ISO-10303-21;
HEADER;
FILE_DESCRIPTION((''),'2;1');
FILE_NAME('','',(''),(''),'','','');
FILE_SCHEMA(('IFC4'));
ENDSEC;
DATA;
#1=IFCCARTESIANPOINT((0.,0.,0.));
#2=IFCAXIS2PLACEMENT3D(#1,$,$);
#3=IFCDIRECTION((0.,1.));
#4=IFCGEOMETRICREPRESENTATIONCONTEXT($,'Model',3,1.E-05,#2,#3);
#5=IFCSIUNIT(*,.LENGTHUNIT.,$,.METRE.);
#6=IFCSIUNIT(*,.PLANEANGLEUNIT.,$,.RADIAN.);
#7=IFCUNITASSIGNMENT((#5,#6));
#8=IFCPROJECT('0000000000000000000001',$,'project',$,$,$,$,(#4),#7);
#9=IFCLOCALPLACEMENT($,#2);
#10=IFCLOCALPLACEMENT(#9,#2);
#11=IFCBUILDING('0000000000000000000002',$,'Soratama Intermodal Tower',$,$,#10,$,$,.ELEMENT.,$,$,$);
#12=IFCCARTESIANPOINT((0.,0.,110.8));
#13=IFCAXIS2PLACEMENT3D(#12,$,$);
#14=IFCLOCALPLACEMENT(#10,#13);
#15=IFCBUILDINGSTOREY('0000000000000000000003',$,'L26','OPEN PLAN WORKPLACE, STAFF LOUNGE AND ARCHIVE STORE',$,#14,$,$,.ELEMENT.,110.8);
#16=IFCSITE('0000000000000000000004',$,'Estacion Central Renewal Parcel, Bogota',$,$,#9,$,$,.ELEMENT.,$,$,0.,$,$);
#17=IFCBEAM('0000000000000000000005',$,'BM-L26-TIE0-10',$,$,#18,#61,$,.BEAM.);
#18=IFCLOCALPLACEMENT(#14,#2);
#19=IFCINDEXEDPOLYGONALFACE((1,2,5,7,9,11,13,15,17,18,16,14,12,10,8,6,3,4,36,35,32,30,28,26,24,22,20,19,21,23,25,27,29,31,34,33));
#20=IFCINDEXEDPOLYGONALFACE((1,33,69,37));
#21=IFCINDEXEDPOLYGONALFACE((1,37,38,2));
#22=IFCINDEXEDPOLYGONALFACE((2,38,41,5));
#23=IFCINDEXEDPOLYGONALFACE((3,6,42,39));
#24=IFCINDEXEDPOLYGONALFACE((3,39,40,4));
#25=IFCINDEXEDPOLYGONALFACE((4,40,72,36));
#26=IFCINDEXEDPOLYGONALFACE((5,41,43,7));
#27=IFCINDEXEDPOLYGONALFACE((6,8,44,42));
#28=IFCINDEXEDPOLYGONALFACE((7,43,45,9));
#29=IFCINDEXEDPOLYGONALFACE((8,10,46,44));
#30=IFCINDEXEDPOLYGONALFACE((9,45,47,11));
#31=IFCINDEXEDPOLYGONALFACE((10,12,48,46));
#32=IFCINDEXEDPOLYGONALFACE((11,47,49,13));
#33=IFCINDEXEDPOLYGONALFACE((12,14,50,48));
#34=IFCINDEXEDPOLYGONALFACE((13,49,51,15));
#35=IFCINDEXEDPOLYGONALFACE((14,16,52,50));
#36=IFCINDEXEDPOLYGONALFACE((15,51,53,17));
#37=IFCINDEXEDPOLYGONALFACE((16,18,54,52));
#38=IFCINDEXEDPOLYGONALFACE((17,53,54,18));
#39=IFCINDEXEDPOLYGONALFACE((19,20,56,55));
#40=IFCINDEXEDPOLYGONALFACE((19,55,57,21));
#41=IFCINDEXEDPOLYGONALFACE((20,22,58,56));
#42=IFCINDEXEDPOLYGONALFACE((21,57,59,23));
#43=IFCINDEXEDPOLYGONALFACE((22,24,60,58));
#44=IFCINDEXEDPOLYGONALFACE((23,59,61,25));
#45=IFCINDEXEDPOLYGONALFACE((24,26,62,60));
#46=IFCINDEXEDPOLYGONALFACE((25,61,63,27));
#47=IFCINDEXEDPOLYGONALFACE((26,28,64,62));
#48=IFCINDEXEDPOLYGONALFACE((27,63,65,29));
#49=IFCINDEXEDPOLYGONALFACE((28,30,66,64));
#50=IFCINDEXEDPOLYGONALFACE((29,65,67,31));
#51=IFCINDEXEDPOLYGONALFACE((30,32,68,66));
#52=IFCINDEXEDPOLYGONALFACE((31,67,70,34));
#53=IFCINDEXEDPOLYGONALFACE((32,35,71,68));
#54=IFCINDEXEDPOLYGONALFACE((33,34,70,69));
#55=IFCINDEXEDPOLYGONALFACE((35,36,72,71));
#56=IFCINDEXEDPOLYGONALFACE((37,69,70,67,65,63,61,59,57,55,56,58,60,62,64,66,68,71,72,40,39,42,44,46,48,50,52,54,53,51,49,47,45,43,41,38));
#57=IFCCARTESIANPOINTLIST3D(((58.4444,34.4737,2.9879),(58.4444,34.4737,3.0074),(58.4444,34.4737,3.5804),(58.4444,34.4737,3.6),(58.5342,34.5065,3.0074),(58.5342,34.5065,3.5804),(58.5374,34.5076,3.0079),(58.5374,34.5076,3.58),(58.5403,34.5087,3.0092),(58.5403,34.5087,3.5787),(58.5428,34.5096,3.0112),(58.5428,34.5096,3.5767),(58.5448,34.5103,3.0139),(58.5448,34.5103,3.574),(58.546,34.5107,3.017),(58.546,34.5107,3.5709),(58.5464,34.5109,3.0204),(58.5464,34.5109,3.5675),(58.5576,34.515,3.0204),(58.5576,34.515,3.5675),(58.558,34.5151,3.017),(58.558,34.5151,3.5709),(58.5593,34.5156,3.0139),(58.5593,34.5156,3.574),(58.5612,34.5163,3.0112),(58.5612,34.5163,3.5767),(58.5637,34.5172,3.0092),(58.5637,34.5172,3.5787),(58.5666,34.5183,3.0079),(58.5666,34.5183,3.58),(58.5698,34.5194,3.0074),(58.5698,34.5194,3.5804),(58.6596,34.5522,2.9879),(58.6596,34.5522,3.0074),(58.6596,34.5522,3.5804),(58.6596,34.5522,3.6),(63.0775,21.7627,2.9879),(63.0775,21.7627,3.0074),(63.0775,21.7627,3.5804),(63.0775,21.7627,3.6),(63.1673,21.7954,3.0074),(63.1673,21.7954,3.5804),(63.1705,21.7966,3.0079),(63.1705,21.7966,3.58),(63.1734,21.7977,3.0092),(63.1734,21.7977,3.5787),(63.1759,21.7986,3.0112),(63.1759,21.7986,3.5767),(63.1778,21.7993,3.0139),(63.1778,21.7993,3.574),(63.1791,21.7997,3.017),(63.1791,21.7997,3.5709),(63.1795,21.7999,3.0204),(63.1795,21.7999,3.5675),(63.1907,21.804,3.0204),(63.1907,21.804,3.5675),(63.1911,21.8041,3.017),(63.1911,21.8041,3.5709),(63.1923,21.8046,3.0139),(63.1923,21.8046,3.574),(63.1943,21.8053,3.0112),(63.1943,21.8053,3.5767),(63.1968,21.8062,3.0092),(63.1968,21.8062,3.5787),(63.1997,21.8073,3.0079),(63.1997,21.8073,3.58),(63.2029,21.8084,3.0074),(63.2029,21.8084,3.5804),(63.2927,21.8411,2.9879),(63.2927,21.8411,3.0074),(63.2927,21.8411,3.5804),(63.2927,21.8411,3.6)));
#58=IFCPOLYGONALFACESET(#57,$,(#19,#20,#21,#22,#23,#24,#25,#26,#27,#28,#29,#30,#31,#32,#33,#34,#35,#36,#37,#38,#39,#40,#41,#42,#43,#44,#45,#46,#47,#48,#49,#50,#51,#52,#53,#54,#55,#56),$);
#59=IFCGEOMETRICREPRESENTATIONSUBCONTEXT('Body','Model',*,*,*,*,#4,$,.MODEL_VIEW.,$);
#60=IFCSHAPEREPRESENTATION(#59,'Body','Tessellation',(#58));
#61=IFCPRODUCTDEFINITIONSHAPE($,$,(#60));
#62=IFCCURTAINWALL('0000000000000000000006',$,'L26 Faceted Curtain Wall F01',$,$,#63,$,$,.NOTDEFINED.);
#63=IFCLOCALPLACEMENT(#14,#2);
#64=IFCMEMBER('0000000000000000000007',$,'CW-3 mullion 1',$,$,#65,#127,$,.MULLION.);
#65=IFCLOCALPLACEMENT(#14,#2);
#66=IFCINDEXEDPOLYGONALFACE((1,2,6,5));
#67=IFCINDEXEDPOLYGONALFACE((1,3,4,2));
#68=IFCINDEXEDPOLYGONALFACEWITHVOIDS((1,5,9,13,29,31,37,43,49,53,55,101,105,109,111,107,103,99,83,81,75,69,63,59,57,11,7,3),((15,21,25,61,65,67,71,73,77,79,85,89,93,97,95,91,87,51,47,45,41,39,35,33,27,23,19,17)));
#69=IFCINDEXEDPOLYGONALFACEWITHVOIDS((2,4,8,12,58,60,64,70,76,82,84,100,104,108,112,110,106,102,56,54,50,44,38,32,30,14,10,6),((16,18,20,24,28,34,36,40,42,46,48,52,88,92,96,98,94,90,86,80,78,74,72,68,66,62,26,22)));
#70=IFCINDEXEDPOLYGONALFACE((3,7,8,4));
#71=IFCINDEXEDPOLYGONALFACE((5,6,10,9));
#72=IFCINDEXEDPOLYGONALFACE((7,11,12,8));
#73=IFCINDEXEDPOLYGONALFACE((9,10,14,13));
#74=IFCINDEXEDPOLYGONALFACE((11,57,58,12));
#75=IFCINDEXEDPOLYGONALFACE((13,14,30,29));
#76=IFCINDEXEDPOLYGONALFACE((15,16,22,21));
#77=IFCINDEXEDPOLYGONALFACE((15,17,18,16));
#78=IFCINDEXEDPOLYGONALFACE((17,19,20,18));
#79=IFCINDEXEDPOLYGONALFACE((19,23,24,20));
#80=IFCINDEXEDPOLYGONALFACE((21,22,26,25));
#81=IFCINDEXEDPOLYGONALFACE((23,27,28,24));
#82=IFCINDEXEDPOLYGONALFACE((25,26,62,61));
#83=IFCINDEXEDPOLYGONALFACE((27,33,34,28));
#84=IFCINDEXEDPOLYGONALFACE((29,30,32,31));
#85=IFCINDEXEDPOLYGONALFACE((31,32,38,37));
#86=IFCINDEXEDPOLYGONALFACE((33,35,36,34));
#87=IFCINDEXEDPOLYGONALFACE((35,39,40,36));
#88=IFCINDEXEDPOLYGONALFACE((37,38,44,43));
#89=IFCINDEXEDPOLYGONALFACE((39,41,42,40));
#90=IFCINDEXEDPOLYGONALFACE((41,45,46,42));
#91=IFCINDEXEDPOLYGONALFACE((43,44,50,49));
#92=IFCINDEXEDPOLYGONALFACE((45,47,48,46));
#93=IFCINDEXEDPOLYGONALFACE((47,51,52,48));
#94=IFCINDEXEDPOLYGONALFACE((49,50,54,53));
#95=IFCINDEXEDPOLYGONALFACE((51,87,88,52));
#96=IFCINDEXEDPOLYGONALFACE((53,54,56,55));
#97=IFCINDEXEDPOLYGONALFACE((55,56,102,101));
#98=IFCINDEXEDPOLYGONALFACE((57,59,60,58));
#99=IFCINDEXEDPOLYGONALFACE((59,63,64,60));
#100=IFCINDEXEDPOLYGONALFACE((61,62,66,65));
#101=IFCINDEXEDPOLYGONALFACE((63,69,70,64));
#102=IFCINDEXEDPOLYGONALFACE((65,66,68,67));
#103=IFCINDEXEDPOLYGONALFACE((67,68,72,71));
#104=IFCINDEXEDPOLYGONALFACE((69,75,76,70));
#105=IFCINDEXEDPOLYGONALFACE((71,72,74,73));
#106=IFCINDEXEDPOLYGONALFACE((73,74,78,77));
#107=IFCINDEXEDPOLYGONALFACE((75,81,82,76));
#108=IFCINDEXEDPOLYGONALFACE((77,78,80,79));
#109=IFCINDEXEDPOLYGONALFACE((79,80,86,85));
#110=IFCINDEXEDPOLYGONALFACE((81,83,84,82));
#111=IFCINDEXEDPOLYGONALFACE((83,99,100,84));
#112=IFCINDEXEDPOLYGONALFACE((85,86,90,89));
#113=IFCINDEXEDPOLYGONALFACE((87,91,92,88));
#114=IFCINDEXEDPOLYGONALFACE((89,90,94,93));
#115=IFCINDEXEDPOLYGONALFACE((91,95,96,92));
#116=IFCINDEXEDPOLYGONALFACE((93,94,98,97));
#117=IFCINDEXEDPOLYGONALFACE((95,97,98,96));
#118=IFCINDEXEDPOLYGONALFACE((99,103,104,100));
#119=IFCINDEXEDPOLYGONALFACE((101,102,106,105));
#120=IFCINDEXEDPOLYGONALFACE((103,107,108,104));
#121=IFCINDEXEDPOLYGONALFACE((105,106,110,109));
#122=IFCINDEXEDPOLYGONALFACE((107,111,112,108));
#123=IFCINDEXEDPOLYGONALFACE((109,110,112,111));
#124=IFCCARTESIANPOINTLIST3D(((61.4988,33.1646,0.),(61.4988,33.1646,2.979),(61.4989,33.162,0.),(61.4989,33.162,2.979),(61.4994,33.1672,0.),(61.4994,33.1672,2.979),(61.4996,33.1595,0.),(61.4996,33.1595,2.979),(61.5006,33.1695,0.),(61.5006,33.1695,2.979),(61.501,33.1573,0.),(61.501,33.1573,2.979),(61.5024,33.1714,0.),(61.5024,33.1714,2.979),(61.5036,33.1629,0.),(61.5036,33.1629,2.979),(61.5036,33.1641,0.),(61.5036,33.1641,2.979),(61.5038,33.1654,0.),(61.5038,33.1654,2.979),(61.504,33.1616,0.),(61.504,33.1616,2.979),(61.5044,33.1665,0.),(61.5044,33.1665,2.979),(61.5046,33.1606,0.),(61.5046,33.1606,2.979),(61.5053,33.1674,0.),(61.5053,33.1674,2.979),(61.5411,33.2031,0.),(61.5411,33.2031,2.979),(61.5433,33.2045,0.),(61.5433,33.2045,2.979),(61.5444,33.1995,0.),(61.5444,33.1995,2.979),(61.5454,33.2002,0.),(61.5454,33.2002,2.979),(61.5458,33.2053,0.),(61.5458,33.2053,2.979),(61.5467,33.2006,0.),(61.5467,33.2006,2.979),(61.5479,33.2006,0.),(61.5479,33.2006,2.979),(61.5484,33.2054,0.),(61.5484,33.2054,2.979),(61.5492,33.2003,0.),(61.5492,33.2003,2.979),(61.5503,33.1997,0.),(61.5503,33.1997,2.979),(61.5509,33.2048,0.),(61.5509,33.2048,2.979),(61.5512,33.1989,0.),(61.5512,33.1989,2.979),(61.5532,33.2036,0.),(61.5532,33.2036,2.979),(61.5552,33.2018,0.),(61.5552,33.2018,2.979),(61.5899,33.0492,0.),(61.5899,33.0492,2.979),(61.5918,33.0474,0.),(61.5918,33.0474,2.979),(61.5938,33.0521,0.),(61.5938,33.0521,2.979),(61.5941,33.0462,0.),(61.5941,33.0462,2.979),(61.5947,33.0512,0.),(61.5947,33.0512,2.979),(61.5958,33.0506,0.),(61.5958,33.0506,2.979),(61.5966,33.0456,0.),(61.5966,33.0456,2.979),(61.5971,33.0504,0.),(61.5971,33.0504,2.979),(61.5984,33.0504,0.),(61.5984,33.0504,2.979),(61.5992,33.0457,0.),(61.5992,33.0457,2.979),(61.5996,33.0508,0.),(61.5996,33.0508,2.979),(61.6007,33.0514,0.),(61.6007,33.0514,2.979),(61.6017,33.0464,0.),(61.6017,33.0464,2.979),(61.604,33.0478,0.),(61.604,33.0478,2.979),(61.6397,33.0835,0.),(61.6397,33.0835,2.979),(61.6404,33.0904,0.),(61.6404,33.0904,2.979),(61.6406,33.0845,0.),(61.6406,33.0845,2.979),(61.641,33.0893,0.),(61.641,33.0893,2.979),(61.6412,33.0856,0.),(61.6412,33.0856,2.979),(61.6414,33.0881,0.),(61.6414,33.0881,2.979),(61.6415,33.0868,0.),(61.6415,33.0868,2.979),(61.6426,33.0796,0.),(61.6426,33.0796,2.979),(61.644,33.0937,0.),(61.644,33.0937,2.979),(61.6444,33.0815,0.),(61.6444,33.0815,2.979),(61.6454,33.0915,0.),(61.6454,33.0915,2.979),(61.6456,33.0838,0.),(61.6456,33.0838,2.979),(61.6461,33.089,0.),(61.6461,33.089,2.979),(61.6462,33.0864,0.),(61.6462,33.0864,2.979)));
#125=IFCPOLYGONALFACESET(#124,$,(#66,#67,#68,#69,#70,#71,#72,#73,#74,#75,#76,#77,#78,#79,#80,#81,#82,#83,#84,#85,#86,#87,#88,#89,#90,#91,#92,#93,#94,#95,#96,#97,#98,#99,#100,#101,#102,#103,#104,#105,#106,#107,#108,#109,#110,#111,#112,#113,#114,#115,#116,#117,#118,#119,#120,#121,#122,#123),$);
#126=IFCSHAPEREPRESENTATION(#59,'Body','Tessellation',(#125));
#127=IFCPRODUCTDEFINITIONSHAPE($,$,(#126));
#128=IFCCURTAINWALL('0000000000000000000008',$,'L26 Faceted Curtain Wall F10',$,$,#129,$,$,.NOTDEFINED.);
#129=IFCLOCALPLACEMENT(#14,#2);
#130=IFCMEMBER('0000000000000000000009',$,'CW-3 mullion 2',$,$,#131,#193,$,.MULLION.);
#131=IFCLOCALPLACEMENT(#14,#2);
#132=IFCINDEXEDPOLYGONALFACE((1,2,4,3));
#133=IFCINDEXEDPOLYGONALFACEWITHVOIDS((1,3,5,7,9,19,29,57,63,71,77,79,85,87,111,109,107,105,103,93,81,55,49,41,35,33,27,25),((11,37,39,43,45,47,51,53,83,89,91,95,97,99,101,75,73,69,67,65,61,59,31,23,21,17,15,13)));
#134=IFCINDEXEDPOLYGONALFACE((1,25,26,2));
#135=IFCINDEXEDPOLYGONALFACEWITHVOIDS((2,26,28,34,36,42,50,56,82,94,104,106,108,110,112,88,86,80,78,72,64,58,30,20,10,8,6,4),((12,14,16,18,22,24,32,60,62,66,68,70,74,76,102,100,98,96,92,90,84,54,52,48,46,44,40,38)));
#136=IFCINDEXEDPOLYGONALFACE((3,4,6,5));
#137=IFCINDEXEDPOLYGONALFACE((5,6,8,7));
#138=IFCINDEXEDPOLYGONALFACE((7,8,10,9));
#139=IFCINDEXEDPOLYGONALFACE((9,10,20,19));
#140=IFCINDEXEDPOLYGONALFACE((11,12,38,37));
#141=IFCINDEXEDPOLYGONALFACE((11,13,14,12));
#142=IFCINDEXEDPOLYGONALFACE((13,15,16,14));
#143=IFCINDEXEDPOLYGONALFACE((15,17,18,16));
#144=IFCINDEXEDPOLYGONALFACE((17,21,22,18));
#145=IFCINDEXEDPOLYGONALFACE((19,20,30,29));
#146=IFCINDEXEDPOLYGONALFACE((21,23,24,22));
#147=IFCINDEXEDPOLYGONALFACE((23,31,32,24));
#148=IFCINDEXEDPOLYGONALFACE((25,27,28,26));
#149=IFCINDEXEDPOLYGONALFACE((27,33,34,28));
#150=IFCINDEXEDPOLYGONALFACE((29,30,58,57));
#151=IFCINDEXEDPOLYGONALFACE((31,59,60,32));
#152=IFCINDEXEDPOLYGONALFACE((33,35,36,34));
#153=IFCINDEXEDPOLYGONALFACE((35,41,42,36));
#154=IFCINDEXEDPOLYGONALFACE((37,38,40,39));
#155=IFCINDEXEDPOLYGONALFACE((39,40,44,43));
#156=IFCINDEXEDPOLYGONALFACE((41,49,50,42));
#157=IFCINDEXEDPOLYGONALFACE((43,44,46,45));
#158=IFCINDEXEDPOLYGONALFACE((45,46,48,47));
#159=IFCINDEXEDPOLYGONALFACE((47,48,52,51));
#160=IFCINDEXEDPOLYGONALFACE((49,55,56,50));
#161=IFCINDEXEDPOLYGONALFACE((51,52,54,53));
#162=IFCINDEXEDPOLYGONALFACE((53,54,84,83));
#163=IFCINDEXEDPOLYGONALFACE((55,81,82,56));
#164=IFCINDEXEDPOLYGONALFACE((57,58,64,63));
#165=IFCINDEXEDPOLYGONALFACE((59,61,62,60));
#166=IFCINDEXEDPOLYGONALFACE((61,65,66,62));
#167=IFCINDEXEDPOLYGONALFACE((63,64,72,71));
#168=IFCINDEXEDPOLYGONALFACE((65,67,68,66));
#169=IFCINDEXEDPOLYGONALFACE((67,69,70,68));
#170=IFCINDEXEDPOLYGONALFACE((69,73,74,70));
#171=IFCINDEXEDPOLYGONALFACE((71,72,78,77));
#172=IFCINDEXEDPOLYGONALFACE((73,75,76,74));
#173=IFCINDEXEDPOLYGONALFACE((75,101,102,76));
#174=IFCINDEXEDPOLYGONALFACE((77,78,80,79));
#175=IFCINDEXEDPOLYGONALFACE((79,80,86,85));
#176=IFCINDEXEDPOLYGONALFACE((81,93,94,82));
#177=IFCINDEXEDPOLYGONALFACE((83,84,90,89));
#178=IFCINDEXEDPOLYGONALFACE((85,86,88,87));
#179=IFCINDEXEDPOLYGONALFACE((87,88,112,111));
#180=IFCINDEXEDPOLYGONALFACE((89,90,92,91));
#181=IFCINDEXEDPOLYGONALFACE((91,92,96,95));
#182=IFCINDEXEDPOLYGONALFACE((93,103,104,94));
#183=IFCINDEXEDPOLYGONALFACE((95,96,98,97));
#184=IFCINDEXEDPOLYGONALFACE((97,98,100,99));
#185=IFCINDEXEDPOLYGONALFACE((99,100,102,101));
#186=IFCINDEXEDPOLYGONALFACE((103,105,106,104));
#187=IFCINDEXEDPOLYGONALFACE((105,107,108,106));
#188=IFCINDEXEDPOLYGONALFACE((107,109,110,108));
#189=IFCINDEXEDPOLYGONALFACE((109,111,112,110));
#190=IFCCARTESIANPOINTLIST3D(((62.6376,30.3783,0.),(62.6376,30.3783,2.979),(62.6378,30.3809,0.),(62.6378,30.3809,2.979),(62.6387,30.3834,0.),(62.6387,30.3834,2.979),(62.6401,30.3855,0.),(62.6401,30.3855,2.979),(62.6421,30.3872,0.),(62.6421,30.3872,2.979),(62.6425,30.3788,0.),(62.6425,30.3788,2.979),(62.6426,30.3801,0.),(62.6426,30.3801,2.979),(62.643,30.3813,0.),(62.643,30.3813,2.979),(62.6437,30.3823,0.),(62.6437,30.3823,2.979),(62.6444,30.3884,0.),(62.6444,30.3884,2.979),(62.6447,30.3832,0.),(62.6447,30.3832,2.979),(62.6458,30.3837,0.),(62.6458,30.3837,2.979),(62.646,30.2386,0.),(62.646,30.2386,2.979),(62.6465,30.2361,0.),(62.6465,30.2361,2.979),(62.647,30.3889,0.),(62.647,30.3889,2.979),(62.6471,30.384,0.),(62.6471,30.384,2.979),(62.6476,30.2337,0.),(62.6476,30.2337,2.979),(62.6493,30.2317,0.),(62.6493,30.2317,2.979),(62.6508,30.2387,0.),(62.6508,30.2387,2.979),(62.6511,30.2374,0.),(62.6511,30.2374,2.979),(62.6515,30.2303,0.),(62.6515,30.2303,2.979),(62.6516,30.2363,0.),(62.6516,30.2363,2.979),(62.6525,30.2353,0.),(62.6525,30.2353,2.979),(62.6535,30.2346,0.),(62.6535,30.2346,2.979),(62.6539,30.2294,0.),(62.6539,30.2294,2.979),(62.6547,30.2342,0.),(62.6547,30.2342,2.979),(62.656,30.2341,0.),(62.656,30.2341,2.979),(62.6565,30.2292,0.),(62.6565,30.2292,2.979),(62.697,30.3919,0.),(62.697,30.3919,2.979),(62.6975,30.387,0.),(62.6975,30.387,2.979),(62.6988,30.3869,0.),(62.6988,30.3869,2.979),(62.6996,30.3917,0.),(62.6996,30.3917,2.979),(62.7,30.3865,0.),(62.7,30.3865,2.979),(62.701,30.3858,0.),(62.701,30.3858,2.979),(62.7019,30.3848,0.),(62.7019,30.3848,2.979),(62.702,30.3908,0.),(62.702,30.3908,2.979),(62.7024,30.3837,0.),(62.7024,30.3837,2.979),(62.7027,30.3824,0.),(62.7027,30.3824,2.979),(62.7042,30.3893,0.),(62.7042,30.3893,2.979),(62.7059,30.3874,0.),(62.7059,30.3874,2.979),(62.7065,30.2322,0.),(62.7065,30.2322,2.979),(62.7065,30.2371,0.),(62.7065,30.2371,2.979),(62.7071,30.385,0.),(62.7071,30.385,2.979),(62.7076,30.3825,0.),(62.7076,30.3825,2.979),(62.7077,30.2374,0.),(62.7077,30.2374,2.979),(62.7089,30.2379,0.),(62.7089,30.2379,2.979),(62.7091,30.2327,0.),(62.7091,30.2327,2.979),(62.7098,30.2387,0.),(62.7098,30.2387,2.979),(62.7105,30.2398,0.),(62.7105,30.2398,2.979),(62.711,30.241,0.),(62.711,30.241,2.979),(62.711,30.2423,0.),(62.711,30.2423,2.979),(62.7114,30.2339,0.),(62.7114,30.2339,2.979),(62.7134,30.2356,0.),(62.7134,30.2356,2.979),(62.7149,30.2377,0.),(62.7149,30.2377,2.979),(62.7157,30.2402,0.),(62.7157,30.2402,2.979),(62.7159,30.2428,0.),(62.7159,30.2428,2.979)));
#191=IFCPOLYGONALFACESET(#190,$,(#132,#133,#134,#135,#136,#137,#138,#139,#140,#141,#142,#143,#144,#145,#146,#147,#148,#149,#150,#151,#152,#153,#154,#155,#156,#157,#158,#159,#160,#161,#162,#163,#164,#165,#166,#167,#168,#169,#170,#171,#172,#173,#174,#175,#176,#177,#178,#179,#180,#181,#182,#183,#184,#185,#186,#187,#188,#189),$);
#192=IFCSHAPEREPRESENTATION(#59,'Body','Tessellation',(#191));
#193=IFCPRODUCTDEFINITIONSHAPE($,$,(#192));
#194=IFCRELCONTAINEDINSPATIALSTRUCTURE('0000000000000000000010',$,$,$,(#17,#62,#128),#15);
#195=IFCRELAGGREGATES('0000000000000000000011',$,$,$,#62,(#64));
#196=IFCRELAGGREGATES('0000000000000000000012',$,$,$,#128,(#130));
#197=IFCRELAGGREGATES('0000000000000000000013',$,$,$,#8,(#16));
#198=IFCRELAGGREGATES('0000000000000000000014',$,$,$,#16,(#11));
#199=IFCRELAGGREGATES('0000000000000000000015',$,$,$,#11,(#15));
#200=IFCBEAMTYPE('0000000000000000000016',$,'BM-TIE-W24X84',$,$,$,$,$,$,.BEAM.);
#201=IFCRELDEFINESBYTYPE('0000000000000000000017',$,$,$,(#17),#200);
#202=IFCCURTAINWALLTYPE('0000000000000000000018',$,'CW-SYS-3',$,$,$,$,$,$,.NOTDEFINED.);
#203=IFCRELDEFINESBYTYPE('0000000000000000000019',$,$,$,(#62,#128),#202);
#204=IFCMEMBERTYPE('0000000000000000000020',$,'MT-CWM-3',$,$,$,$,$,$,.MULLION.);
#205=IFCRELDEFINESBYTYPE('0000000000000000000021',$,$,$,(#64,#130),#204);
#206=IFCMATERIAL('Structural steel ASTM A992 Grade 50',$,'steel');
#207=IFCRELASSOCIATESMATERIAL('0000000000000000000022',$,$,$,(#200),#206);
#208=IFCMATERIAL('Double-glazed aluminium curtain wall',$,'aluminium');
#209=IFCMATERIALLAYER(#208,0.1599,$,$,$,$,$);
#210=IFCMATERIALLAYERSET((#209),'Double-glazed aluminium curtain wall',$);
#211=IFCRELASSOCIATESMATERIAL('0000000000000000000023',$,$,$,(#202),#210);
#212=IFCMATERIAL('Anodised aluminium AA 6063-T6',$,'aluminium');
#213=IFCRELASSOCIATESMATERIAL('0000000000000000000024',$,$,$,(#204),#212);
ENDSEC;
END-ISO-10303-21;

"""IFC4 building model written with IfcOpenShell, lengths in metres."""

from ifc_helpers import new_model, si_unit, direction, frame, origin, origin_2d, place, context, subcontext, project, spatial, hollow_rectangle, i_section, extrude, material, layer, layer_set, material_profile, profile_set, type_object, element, aggregate, save


model = new_model("IFC4")

# Units and contexts
model_context = context("Model", 3, precision=1e-05, world=origin(), true_north=direction((0.0, 1.0)))
body_context = subcontext(model_context, "Body", "Model", "MODEL_VIEW")
ifc_project = project(units=[si_unit("LENGTHUNIT", "METRE"), si_unit("PLANEANGLEUNIT", "RADIAN")], contexts=[model_context])

# Site, building, storey
site_placement = place(None, origin())
site = spatial("IfcSite", under=ifc_project, at=site_placement, Name="Estacion Central Renewal Parcel, Bogota", CompositionType="ELEMENT", RefElevation=0.0)
building_placement = place(site_placement, origin())
building = spatial("IfcBuilding", under=site, at=building_placement, Name="Soratama Intermodal Tower", CompositionType="ELEMENT")
storey_placement = place(building_placement, frame((0.0, 0.0, 110.8)))
storey = spatial("IfcBuildingStorey", under=building, at=storey_placement, Name="L26", Description="OPEN PLAN WORKPLACE, STAFF LOUNGE AND ARCHIVE STORE", CompositionType="ELEMENT", Elevation=110.8)

# Beam
ifc_material_1 = material(Name="Structural steel ASTM A992 Grade 50", Category="steel")
ifc_material_profile_1 = material_profile(ifc_material_1, i_section(OverallWidth=0.229, OverallDepth=0.6121, WebThickness=0.012, FlangeThickness=0.0195, FilletRadius=0.0129, at=origin_2d()), Name="W24X84")
ifc_profile_set_1 = profile_set([ifc_material_profile_1], Name="Structural steel ASTM A992 Grade 50")
beam_type_1 = type_object("IfcBeamType", Name="BM-TIE-W24X84", PredefinedType="BEAM", material=ifc_profile_set_1)
beam_1_placement = place(storey_placement, frame((58.552, 34.5129, 3.2939), z_axis=(0.342454, -0.939534, 0.0), x_axis=(0.939534, 0.342454, 0.0)))
element("IfcBeam", 1, at=beam_1_placement, inside=storey, type_object=beam_type_1, Name="BM-L26-TIE0-10", PredefinedType="BEAM", context=body_context, shape_type="SweptSolid", body=[
    extrude(i_section(OverallWidth=0.229, OverallDepth=0.6121, WebThickness=0.012, FlangeThickness=0.0195, FilletRadius=0.0129, at=origin_2d()), origin(), (0.0, 0.0, 1.0), 13.5291),
])

# Curtain walls, members
ifc_material_2 = material(Name="Double-glazed aluminium curtain wall", Category="aluminium")
ifc_layer_1 = layer(ifc_material_2, 0.1599)
ifc_layer_set_1 = layer_set([ifc_layer_1], Name="Double-glazed aluminium curtain wall")
curtain_wall_type = type_object("IfcCurtainWallType", Name="CW-SYS-3", PredefinedType="NOTDEFINED", material=ifc_layer_set_1)
curtain_wall_1_placement = place(storey_placement, origin())
curtain_wall_1 = element("IfcCurtainWall", 2, at=curtain_wall_1_placement, inside=storey, type_object=curtain_wall_type, Name="L26 Faceted Curtain Wall F01", PredefinedType="NOTDEFINED")
ifc_material_3 = material(Name="Anodised aluminium AA 6063-T6", Category="aluminium")
ifc_material_profile_2 = material_profile(ifc_material_3, hollow_rectangle(XDim=0.0701, YDim=0.1599, WallThickness=0.0049, InnerFilletRadius=0.0049, OuterFilletRadius=0.01, at=origin_2d()), Name="CWM160X70X5")
ifc_profile_set_2 = profile_set([ifc_material_profile_2], Name="Anodised aluminium AA 6063-T6")
member_type_1 = type_object("IfcMemberType", Name="MT-CWM-3", PredefinedType="MULLION", material=ifc_profile_set_2)
member_1_placement = place(storey_placement, frame((61.5725, 33.1255, 0.0), z_axis=(0.0, 0.0, 1.0), x_axis=(-0.772513, -0.634998, 0.0)))
member_1 = element("IfcMember", 3, at=member_1_placement, type_object=member_type_1, Name="CW-3 mullion 1", PredefinedType="MULLION", context=body_context, shape_type="SweptSolid", body=[
    extrude(hollow_rectangle(XDim=0.0701, YDim=0.1599, WallThickness=0.0049, InnerFilletRadius=0.0049, OuterFilletRadius=0.01, at=origin_2d()), origin(), (0.0, 0.0, 1.0), 2.979),
])
curtain_wall_2_placement = place(storey_placement, origin())
curtain_wall_2 = element("IfcCurtainWall", 4, at=curtain_wall_2_placement, inside=storey, type_object=curtain_wall_type, Name="L26 Faceted Curtain Wall F10", PredefinedType="NOTDEFINED")
member_2_placement = place(storey_placement, frame((62.6768, 30.3105, 0.0), z_axis=(0.0, 0.0, 1.0), x_axis=(-0.998219, -0.059662, 0.0)))
member_2 = element("IfcMember", 5, at=member_2_placement, type_object=member_type_1, Name="CW-3 mullion 2", PredefinedType="MULLION", context=body_context, shape_type="SweptSolid", body=[
    extrude(hollow_rectangle(XDim=0.0701, YDim=0.1599, WallThickness=0.0049, InnerFilletRadius=0.0049, OuterFilletRadius=0.01, at=origin_2d()), origin(), (0.0, 0.0, 1.0), 2.979),
])

aggregate(curtain_wall_1, [member_1])

aggregate(curtain_wall_2, [member_2])

save(model, "model.ifc")
